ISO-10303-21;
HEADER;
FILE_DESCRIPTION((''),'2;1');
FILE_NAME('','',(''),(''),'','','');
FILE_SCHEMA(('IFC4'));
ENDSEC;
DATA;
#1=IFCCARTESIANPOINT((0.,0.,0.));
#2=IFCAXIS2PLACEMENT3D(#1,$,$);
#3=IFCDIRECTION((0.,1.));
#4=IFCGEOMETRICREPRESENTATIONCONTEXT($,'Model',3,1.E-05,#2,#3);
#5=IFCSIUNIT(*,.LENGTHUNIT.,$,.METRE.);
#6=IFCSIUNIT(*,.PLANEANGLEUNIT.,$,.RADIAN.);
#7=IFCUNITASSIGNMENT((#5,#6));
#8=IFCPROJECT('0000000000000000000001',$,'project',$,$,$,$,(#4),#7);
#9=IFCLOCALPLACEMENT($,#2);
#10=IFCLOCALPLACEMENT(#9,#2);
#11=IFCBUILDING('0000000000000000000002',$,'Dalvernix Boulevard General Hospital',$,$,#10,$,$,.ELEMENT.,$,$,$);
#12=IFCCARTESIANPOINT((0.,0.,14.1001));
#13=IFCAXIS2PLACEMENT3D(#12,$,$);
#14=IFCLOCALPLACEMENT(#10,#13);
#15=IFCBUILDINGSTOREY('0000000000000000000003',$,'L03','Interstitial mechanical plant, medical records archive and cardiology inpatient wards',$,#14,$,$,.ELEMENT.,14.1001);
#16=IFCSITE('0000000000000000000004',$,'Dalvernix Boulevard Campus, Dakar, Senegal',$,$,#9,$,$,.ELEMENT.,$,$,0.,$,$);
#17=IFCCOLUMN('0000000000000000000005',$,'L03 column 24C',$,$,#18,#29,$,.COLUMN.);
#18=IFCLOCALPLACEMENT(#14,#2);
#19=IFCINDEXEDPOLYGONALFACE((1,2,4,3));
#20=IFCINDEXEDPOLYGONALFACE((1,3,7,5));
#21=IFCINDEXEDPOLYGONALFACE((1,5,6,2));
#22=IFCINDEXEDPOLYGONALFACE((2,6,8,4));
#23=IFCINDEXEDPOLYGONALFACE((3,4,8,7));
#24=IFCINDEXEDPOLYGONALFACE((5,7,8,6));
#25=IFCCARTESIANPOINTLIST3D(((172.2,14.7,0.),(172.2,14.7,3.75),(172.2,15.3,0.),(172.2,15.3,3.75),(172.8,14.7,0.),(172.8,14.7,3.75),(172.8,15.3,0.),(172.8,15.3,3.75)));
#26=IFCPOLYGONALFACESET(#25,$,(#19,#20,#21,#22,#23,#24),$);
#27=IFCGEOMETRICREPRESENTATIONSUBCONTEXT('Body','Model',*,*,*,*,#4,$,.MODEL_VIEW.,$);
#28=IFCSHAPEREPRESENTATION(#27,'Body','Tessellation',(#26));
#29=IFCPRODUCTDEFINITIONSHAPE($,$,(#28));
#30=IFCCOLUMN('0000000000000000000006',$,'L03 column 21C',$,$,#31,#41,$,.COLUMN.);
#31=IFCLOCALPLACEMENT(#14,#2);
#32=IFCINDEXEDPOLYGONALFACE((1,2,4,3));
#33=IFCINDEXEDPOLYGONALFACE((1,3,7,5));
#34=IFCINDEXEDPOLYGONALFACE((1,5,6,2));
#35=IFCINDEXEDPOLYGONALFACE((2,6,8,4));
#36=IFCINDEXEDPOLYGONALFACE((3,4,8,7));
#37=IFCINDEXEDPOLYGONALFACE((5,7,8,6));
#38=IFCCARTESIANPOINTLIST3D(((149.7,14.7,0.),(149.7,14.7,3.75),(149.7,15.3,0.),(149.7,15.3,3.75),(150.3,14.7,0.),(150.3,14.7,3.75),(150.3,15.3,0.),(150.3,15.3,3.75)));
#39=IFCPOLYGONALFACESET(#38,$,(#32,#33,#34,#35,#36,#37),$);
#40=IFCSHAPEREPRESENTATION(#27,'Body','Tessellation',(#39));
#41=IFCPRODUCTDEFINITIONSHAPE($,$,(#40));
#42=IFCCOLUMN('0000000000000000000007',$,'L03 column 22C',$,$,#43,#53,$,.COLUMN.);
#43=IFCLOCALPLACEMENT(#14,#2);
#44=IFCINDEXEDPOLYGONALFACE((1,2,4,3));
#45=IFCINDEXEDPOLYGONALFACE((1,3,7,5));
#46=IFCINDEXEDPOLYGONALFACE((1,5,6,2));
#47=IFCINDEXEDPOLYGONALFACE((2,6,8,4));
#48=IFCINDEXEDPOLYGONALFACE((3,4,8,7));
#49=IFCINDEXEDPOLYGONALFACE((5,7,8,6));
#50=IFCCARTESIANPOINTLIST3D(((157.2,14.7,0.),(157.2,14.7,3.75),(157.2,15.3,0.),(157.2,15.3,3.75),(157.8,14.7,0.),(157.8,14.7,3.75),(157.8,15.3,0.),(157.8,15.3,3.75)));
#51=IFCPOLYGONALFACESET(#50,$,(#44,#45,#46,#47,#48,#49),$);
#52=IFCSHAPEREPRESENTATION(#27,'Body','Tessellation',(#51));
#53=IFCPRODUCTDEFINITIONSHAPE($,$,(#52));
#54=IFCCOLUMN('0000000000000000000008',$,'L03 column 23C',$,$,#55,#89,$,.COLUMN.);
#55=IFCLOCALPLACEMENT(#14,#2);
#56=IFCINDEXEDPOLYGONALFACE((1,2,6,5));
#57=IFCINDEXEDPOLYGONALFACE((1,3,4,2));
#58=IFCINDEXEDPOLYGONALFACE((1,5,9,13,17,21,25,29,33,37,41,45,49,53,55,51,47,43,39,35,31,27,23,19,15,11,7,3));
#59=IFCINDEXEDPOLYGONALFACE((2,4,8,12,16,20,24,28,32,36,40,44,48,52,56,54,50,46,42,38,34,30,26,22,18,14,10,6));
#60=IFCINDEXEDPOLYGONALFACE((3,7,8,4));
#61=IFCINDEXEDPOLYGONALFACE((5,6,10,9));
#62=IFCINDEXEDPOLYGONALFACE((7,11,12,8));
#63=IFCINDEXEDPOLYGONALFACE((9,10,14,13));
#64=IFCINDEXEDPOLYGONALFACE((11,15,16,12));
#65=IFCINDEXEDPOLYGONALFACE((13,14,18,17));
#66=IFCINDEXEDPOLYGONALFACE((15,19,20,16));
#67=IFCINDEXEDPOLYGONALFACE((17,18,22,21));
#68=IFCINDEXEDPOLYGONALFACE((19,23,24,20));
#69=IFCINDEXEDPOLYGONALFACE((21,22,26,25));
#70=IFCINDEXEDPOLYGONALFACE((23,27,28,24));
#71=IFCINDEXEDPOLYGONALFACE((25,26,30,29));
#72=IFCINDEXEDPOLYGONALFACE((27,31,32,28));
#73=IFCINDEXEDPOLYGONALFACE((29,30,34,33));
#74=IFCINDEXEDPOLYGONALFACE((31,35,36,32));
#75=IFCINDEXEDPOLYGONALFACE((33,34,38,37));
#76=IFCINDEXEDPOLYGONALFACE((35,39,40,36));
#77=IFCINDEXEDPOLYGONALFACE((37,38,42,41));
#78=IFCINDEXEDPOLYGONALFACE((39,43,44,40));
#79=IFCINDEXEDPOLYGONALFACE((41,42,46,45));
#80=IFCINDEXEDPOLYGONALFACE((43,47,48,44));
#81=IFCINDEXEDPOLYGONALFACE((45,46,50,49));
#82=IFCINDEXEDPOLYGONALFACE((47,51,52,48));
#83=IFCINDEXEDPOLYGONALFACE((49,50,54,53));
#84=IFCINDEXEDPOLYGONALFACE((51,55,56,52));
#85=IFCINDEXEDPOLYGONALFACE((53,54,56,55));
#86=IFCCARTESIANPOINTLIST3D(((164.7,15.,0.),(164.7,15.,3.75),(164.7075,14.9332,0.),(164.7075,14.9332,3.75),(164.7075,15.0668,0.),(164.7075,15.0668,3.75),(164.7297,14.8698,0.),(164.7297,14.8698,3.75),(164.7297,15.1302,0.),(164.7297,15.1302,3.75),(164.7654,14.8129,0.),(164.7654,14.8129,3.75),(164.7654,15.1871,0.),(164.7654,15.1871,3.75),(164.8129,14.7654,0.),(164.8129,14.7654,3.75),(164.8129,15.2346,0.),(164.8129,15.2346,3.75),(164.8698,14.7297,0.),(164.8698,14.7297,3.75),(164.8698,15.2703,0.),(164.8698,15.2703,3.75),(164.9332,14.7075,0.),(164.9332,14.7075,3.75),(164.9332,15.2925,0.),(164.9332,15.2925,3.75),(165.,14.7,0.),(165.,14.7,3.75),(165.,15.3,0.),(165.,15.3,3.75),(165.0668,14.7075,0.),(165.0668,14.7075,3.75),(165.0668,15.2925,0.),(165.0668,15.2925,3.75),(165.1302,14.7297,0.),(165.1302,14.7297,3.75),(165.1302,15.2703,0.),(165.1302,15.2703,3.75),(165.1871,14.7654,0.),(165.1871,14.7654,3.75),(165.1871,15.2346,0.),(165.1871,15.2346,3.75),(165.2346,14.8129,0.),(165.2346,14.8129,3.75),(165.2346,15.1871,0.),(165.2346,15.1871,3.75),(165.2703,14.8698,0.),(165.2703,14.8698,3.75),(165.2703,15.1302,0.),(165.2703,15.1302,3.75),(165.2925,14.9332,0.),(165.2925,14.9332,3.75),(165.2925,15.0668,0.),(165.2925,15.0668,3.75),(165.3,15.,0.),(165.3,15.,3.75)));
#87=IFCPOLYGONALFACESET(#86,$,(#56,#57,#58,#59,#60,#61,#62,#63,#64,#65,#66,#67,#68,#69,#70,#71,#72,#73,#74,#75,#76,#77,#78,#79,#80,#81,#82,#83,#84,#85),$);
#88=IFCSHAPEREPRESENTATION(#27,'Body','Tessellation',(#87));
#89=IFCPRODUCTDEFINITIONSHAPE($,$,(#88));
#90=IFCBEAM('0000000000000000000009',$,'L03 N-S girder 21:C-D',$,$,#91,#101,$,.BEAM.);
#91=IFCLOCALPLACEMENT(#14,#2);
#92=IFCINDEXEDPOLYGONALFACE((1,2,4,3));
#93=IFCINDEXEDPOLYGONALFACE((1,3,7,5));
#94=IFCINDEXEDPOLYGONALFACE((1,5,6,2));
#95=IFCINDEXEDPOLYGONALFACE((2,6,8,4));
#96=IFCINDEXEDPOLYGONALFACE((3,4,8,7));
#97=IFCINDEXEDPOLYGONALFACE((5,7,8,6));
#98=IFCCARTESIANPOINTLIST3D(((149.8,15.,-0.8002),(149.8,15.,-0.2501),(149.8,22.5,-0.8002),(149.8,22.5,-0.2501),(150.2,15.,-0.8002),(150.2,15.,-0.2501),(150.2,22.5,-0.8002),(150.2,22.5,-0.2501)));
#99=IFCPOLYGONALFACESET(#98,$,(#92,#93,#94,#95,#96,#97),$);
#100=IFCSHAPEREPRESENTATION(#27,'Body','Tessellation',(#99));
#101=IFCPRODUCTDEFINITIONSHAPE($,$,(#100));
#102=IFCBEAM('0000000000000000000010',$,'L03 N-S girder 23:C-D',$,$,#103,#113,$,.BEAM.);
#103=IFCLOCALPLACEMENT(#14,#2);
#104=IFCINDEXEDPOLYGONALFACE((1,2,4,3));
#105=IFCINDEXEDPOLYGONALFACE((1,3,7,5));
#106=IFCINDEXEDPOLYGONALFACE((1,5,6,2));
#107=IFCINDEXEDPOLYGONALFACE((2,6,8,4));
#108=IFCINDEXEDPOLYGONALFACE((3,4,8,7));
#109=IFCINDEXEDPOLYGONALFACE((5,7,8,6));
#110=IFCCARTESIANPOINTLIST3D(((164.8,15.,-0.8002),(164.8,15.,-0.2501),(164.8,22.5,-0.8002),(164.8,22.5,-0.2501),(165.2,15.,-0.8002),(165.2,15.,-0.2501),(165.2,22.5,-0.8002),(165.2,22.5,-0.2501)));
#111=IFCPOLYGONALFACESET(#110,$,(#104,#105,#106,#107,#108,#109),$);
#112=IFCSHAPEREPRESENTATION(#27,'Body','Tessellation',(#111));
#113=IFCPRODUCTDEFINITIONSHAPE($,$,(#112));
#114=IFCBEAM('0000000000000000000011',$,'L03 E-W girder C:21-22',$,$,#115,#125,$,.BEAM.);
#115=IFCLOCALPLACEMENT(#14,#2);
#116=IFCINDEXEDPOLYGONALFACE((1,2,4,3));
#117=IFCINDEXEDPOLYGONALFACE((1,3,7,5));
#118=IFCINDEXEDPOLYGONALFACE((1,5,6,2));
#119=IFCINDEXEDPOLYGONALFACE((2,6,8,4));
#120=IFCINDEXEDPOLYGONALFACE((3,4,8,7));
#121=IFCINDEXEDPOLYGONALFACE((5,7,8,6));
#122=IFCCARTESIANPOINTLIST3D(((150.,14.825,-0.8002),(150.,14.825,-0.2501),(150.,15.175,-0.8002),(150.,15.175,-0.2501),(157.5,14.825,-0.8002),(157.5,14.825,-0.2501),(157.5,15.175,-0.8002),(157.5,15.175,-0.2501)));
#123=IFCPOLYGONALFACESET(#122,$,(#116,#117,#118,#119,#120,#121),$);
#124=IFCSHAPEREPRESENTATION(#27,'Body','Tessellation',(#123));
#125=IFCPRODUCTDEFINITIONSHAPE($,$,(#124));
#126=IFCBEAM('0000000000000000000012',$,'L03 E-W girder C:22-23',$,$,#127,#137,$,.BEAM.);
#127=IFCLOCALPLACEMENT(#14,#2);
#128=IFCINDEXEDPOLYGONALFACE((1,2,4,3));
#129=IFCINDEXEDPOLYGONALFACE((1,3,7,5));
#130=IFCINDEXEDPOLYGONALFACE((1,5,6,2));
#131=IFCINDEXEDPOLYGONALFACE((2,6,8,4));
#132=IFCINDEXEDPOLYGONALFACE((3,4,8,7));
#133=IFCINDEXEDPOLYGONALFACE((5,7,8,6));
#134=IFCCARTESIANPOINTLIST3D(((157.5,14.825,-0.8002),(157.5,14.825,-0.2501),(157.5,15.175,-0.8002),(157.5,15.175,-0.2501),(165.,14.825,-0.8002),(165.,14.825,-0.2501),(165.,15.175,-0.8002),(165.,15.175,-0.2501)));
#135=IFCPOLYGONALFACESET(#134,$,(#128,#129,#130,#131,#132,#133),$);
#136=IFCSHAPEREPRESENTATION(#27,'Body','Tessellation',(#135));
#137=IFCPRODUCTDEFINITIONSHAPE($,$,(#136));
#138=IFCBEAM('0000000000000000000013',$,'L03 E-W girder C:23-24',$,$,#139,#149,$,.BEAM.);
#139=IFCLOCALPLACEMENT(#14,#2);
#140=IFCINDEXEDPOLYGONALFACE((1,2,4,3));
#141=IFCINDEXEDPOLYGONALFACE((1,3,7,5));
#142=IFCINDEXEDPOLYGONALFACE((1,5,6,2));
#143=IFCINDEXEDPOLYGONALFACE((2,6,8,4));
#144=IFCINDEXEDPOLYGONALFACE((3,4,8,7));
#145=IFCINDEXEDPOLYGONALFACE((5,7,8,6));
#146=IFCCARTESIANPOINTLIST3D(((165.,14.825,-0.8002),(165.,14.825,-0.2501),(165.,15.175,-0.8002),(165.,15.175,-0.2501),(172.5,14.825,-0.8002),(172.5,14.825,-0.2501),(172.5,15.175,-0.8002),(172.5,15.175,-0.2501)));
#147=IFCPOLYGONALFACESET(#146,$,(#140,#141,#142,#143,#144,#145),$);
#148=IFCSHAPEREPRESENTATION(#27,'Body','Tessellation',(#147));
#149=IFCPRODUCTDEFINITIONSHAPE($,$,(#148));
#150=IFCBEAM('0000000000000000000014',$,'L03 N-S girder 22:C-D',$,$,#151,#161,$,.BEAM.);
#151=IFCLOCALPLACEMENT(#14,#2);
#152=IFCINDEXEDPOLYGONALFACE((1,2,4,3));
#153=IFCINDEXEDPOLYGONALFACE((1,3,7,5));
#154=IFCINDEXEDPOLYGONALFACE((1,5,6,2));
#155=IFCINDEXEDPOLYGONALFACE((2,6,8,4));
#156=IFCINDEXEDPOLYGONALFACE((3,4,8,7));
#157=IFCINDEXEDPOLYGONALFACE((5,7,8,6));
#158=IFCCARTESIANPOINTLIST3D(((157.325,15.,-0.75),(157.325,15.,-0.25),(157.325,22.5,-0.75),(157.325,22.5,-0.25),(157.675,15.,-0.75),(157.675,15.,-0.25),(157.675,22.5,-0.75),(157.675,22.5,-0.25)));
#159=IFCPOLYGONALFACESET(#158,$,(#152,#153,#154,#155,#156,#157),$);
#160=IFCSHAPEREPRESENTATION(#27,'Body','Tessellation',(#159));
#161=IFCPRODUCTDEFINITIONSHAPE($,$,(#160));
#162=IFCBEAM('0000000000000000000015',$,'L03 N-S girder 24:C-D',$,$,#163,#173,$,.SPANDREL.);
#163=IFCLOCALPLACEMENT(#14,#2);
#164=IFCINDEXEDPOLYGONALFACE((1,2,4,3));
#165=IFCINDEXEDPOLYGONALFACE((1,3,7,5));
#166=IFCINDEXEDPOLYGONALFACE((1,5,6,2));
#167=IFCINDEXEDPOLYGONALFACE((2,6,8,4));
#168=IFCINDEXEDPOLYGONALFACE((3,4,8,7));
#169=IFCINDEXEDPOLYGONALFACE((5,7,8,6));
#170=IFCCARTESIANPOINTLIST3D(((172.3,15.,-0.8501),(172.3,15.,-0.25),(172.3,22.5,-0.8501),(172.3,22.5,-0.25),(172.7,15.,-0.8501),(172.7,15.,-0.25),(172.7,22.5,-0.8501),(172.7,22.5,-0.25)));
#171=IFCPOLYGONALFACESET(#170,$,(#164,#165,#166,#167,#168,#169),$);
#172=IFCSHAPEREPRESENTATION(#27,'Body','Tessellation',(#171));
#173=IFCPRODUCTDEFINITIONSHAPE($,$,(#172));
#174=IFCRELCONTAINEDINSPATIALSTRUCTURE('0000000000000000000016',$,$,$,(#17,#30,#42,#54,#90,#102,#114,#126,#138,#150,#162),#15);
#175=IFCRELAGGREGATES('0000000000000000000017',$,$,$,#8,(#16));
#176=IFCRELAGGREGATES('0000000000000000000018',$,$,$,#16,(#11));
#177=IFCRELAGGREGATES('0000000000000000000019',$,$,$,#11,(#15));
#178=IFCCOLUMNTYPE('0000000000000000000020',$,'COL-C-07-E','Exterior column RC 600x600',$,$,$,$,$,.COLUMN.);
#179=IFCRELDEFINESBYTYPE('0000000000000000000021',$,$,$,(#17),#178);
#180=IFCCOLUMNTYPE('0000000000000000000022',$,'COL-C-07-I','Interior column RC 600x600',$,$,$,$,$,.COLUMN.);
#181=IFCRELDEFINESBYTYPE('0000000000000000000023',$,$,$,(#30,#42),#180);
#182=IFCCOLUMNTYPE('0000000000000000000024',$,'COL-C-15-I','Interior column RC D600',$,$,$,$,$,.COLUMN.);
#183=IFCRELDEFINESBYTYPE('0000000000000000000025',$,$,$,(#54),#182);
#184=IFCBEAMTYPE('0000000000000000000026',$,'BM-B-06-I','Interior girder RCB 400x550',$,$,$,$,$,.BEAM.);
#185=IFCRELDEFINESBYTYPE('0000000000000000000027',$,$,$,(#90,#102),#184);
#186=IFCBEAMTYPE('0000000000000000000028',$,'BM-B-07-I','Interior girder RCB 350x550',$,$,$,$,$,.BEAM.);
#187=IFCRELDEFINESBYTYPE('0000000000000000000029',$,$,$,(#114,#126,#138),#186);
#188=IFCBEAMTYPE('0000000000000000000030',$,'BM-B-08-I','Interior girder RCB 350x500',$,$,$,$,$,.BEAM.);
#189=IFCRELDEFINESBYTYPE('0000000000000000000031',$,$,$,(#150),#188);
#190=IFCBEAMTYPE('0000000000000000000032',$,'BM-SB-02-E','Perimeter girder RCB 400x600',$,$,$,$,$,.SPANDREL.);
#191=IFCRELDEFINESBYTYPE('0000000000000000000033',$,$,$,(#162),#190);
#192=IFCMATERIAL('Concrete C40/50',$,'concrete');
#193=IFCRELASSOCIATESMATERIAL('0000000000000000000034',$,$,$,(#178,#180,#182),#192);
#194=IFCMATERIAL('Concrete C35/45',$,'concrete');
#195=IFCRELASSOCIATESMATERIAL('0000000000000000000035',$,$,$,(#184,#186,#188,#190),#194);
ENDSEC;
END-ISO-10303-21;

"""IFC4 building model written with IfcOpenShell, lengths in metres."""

from ifc_helpers import new_model, si_unit, direction, frame, origin, origin_2d, place, context, subcontext, project, spatial, rectangle, circle, extrude, material, material_profile, profile_set, type_object, element, save


model = new_model("IFC4")

# Units and contexts
model_context = context("Model", 3, precision=1e-05, world=origin(), true_north=direction((0.0, 1.0)))
body_context = subcontext(model_context, "Body", "Model", "MODEL_VIEW")
ifc_project = project(units=[si_unit("LENGTHUNIT", "METRE"), si_unit("PLANEANGLEUNIT", "RADIAN")], contexts=[model_context])

# Site, building, storey
site_placement = place(None, origin())
site = spatial("IfcSite", under=ifc_project, at=site_placement, Name="Dalvernix Boulevard Campus, Dakar, Senegal", CompositionType="ELEMENT", RefElevation=0.0)
building_placement = place(site_placement, origin())
building = spatial("IfcBuilding", under=site, at=building_placement, Name="Dalvernix Boulevard General Hospital", CompositionType="ELEMENT")
storey_placement = place(building_placement, frame((0.0, 0.0, 14.1001)))
storey = spatial("IfcBuildingStorey", under=building, at=storey_placement, Name="L03", Description="Interstitial mechanical plant, medical records archive and cardiology inpatient wards", CompositionType="ELEMENT", Elevation=14.1001)

# Columns
ifc_material_1 = material(Name="Concrete C40/50", Category="concrete")
ifc_material_profile_1 = material_profile(ifc_material_1, rectangle(XDim=0.6001, YDim=0.6001, at=origin_2d()), Name="RC 600x600")
ifc_profile_set_1 = profile_set([ifc_material_profile_1], Name="Concrete C40/50")
column_type_1 = type_object("IfcColumnType", Name="COL-C-07-E", Description="Exterior column RC 600x600", PredefinedType="COLUMN", material=ifc_profile_set_1)
column_1_placement = place(storey_placement, frame((172.5, 15.0, 0.0), z_axis=(0.0, 0.0, 1.0), x_axis=(1.0, 0.0, 0.0)))
element("IfcColumn", 1, at=column_1_placement, inside=storey, type_object=column_type_1, Name="L03 column 24C", PredefinedType="COLUMN", context=body_context, shape_type="SweptSolid", body=[
    extrude(rectangle(XDim=0.6001, YDim=0.6001, at=origin_2d()), origin(), (0.0, 0.0, 1.0), 3.75),
])
ifc_material_profile_2 = material_profile(ifc_material_1, rectangle(XDim=0.6001, YDim=0.6001, at=origin_2d()), Name="RC 600x600")
ifc_profile_set_2 = profile_set([ifc_material_profile_2], Name="Concrete C40/50")
column_type_2 = type_object("IfcColumnType", Name="COL-C-07-I", Description="Interior column RC 600x600", PredefinedType="COLUMN", material=ifc_profile_set_2)
for number, where, z_axis, x_axis, name in (
    (2, (150.0, 15.0, 0.0), (0.0, 0.0, 1.0), (1.0, 0.0, 0.0), "L03 column 21C"),
    (3, (157.5, 15.0, 0.0), (0.0, 0.0, 1.0), (1.0, 0.0, 0.0), "L03 column 22C"),
):
    element("IfcColumn", number, at=place(storey_placement, frame(where, z_axis=z_axis, x_axis=x_axis)), inside=storey, type_object=column_type_2, Name=name, PredefinedType="COLUMN", context=body_context, shape_type="SweptSolid", body=[
        extrude(rectangle(XDim=0.6001, YDim=0.6001, at=origin_2d()), origin(), (0.0, 0.0, 1.0), 3.75),
    ])
ifc_material_profile_3 = material_profile(ifc_material_1, circle(Radius=0.3, at=origin_2d()), Name="RC D600")
ifc_profile_set_3 = profile_set([ifc_material_profile_3], Name="Concrete C40/50")
column_type_3 = type_object("IfcColumnType", Name="COL-C-15-I", Description="Interior column RC D600", PredefinedType="COLUMN", material=ifc_profile_set_3)
column_2_placement = place(storey_placement, frame((165.0, 15.0, 0.0), z_axis=(0.0, 0.0, 1.0), x_axis=(1.0, 0.0, 0.0)))
element("IfcColumn", 4, at=column_2_placement, inside=storey, type_object=column_type_3, Name="L03 column 23C", PredefinedType="COLUMN", context=body_context, shape_type="SweptSolid", body=[
    extrude(circle(Radius=0.3, at=origin_2d()), origin(), (0.0, 0.0, 1.0), 3.75),
])

# Beams
ifc_material_2 = material(Name="Concrete C35/45", Category="concrete")
ifc_material_profile_4 = material_profile(ifc_material_2, rectangle(XDim=0.3999, YDim=0.55, at=origin_2d()), Name="RCB 400x550")
ifc_profile_set_4 = profile_set([ifc_material_profile_4], Name="Concrete C35/45")
beam_type_1 = type_object("IfcBeamType", Name="BM-B-06-I", Description="Interior girder RCB 400x550", PredefinedType="BEAM", material=ifc_profile_set_4)
for number, where, z_axis, x_axis, name in (
    (5, (150.0, 15.0, -0.5251), (0.0, 1.0, 0.0), (-1.0, 0.0, 0.0), "L03 N-S girder 21:C-D"),
    (6, (165.0, 15.0, -0.5251), (0.0, 1.0, 0.0), (-1.0, 0.0, 0.0), "L03 N-S girder 23:C-D"),
):
    element("IfcBeam", number, at=place(storey_placement, frame(where, z_axis=z_axis, x_axis=x_axis)), inside=storey, type_object=beam_type_1, Name=name, PredefinedType="BEAM", context=body_context, shape_type="SweptSolid", body=[
        extrude(rectangle(XDim=0.3999, YDim=0.55, at=origin_2d()), origin(), (0.0, 0.0, 1.0), 7.5),
    ])
ifc_material_profile_5 = material_profile(ifc_material_2, rectangle(XDim=0.3501, YDim=0.55, at=origin_2d()), Name="RCB 350x550")
ifc_profile_set_5 = profile_set([ifc_material_profile_5], Name="Concrete C35/45")
beam_type_2 = type_object("IfcBeamType", Name="BM-B-07-I", Description="Interior girder RCB 350x550", PredefinedType="BEAM", material=ifc_profile_set_5)
for number, where, z_axis, x_axis, name in (
    (7, (150.0, 15.0, -0.5251), (1.0, 0.0, 0.0), (0.0, 1.0, 0.0), "L03 E-W girder C:21-22"),
    (8, (157.5, 15.0, -0.5251), (1.0, 0.0, 0.0), (0.0, 1.0, 0.0), "L03 E-W girder C:22-23"),
    (9, (165.0, 15.0, -0.5251), (1.0, 0.0, 0.0), (0.0, 1.0, 0.0), "L03 E-W girder C:23-24"),
):
    element("IfcBeam", number, at=place(storey_placement, frame(where, z_axis=z_axis, x_axis=x_axis)), inside=storey, type_object=beam_type_2, Name=name, PredefinedType="BEAM", context=body_context, shape_type="SweptSolid", body=[
        extrude(rectangle(XDim=0.3501, YDim=0.55, at=origin_2d()), origin(), (0.0, 0.0, 1.0), 7.5),
    ])
ifc_material_profile_6 = material_profile(ifc_material_2, rectangle(XDim=0.3501, YDim=0.5, at=origin_2d()), Name="RCB 350x500")
ifc_profile_set_6 = profile_set([ifc_material_profile_6], Name="Concrete C35/45")
beam_type_3 = type_object("IfcBeamType", Name="BM-B-08-I", Description="Interior girder RCB 350x500", PredefinedType="BEAM", material=ifc_profile_set_6)
beam_1_placement = place(storey_placement, frame((157.5, 15.0, -0.5), z_axis=(0.0, 1.0, 0.0), x_axis=(-1.0, 0.0, 0.0)))
element("IfcBeam", 10, at=beam_1_placement, inside=storey, type_object=beam_type_3, Name="L03 N-S girder 22:C-D", PredefinedType="BEAM", context=body_context, shape_type="SweptSolid", body=[
    extrude(rectangle(XDim=0.3501, YDim=0.5, at=origin_2d()), origin(), (0.0, 0.0, 1.0), 7.5),
])
ifc_material_profile_7 = material_profile(ifc_material_2, rectangle(XDim=0.3999, YDim=0.6001, at=origin_2d()), Name="RCB 400x600")
ifc_profile_set_7 = profile_set([ifc_material_profile_7], Name="Concrete C35/45")
beam_type_4 = type_object("IfcBeamType", Name="BM-SB-02-E", Description="Perimeter girder RCB 400x600", PredefinedType="SPANDREL", material=ifc_profile_set_7)
beam_2_placement = place(storey_placement, frame((172.5, 15.0, -0.55), z_axis=(0.0, 1.0, 0.0), x_axis=(-1.0, 0.0, 0.0)))
element("IfcBeam", 11, at=beam_2_placement, inside=storey, type_object=beam_type_4, Name="L03 N-S girder 24:C-D", PredefinedType="SPANDREL", context=body_context, shape_type="SweptSolid", body=[
    extrude(rectangle(XDim=0.3999, YDim=0.6001, at=origin_2d()), origin(), (0.0, 0.0, 1.0), 7.5),
])

save(model, "model.ifc")
